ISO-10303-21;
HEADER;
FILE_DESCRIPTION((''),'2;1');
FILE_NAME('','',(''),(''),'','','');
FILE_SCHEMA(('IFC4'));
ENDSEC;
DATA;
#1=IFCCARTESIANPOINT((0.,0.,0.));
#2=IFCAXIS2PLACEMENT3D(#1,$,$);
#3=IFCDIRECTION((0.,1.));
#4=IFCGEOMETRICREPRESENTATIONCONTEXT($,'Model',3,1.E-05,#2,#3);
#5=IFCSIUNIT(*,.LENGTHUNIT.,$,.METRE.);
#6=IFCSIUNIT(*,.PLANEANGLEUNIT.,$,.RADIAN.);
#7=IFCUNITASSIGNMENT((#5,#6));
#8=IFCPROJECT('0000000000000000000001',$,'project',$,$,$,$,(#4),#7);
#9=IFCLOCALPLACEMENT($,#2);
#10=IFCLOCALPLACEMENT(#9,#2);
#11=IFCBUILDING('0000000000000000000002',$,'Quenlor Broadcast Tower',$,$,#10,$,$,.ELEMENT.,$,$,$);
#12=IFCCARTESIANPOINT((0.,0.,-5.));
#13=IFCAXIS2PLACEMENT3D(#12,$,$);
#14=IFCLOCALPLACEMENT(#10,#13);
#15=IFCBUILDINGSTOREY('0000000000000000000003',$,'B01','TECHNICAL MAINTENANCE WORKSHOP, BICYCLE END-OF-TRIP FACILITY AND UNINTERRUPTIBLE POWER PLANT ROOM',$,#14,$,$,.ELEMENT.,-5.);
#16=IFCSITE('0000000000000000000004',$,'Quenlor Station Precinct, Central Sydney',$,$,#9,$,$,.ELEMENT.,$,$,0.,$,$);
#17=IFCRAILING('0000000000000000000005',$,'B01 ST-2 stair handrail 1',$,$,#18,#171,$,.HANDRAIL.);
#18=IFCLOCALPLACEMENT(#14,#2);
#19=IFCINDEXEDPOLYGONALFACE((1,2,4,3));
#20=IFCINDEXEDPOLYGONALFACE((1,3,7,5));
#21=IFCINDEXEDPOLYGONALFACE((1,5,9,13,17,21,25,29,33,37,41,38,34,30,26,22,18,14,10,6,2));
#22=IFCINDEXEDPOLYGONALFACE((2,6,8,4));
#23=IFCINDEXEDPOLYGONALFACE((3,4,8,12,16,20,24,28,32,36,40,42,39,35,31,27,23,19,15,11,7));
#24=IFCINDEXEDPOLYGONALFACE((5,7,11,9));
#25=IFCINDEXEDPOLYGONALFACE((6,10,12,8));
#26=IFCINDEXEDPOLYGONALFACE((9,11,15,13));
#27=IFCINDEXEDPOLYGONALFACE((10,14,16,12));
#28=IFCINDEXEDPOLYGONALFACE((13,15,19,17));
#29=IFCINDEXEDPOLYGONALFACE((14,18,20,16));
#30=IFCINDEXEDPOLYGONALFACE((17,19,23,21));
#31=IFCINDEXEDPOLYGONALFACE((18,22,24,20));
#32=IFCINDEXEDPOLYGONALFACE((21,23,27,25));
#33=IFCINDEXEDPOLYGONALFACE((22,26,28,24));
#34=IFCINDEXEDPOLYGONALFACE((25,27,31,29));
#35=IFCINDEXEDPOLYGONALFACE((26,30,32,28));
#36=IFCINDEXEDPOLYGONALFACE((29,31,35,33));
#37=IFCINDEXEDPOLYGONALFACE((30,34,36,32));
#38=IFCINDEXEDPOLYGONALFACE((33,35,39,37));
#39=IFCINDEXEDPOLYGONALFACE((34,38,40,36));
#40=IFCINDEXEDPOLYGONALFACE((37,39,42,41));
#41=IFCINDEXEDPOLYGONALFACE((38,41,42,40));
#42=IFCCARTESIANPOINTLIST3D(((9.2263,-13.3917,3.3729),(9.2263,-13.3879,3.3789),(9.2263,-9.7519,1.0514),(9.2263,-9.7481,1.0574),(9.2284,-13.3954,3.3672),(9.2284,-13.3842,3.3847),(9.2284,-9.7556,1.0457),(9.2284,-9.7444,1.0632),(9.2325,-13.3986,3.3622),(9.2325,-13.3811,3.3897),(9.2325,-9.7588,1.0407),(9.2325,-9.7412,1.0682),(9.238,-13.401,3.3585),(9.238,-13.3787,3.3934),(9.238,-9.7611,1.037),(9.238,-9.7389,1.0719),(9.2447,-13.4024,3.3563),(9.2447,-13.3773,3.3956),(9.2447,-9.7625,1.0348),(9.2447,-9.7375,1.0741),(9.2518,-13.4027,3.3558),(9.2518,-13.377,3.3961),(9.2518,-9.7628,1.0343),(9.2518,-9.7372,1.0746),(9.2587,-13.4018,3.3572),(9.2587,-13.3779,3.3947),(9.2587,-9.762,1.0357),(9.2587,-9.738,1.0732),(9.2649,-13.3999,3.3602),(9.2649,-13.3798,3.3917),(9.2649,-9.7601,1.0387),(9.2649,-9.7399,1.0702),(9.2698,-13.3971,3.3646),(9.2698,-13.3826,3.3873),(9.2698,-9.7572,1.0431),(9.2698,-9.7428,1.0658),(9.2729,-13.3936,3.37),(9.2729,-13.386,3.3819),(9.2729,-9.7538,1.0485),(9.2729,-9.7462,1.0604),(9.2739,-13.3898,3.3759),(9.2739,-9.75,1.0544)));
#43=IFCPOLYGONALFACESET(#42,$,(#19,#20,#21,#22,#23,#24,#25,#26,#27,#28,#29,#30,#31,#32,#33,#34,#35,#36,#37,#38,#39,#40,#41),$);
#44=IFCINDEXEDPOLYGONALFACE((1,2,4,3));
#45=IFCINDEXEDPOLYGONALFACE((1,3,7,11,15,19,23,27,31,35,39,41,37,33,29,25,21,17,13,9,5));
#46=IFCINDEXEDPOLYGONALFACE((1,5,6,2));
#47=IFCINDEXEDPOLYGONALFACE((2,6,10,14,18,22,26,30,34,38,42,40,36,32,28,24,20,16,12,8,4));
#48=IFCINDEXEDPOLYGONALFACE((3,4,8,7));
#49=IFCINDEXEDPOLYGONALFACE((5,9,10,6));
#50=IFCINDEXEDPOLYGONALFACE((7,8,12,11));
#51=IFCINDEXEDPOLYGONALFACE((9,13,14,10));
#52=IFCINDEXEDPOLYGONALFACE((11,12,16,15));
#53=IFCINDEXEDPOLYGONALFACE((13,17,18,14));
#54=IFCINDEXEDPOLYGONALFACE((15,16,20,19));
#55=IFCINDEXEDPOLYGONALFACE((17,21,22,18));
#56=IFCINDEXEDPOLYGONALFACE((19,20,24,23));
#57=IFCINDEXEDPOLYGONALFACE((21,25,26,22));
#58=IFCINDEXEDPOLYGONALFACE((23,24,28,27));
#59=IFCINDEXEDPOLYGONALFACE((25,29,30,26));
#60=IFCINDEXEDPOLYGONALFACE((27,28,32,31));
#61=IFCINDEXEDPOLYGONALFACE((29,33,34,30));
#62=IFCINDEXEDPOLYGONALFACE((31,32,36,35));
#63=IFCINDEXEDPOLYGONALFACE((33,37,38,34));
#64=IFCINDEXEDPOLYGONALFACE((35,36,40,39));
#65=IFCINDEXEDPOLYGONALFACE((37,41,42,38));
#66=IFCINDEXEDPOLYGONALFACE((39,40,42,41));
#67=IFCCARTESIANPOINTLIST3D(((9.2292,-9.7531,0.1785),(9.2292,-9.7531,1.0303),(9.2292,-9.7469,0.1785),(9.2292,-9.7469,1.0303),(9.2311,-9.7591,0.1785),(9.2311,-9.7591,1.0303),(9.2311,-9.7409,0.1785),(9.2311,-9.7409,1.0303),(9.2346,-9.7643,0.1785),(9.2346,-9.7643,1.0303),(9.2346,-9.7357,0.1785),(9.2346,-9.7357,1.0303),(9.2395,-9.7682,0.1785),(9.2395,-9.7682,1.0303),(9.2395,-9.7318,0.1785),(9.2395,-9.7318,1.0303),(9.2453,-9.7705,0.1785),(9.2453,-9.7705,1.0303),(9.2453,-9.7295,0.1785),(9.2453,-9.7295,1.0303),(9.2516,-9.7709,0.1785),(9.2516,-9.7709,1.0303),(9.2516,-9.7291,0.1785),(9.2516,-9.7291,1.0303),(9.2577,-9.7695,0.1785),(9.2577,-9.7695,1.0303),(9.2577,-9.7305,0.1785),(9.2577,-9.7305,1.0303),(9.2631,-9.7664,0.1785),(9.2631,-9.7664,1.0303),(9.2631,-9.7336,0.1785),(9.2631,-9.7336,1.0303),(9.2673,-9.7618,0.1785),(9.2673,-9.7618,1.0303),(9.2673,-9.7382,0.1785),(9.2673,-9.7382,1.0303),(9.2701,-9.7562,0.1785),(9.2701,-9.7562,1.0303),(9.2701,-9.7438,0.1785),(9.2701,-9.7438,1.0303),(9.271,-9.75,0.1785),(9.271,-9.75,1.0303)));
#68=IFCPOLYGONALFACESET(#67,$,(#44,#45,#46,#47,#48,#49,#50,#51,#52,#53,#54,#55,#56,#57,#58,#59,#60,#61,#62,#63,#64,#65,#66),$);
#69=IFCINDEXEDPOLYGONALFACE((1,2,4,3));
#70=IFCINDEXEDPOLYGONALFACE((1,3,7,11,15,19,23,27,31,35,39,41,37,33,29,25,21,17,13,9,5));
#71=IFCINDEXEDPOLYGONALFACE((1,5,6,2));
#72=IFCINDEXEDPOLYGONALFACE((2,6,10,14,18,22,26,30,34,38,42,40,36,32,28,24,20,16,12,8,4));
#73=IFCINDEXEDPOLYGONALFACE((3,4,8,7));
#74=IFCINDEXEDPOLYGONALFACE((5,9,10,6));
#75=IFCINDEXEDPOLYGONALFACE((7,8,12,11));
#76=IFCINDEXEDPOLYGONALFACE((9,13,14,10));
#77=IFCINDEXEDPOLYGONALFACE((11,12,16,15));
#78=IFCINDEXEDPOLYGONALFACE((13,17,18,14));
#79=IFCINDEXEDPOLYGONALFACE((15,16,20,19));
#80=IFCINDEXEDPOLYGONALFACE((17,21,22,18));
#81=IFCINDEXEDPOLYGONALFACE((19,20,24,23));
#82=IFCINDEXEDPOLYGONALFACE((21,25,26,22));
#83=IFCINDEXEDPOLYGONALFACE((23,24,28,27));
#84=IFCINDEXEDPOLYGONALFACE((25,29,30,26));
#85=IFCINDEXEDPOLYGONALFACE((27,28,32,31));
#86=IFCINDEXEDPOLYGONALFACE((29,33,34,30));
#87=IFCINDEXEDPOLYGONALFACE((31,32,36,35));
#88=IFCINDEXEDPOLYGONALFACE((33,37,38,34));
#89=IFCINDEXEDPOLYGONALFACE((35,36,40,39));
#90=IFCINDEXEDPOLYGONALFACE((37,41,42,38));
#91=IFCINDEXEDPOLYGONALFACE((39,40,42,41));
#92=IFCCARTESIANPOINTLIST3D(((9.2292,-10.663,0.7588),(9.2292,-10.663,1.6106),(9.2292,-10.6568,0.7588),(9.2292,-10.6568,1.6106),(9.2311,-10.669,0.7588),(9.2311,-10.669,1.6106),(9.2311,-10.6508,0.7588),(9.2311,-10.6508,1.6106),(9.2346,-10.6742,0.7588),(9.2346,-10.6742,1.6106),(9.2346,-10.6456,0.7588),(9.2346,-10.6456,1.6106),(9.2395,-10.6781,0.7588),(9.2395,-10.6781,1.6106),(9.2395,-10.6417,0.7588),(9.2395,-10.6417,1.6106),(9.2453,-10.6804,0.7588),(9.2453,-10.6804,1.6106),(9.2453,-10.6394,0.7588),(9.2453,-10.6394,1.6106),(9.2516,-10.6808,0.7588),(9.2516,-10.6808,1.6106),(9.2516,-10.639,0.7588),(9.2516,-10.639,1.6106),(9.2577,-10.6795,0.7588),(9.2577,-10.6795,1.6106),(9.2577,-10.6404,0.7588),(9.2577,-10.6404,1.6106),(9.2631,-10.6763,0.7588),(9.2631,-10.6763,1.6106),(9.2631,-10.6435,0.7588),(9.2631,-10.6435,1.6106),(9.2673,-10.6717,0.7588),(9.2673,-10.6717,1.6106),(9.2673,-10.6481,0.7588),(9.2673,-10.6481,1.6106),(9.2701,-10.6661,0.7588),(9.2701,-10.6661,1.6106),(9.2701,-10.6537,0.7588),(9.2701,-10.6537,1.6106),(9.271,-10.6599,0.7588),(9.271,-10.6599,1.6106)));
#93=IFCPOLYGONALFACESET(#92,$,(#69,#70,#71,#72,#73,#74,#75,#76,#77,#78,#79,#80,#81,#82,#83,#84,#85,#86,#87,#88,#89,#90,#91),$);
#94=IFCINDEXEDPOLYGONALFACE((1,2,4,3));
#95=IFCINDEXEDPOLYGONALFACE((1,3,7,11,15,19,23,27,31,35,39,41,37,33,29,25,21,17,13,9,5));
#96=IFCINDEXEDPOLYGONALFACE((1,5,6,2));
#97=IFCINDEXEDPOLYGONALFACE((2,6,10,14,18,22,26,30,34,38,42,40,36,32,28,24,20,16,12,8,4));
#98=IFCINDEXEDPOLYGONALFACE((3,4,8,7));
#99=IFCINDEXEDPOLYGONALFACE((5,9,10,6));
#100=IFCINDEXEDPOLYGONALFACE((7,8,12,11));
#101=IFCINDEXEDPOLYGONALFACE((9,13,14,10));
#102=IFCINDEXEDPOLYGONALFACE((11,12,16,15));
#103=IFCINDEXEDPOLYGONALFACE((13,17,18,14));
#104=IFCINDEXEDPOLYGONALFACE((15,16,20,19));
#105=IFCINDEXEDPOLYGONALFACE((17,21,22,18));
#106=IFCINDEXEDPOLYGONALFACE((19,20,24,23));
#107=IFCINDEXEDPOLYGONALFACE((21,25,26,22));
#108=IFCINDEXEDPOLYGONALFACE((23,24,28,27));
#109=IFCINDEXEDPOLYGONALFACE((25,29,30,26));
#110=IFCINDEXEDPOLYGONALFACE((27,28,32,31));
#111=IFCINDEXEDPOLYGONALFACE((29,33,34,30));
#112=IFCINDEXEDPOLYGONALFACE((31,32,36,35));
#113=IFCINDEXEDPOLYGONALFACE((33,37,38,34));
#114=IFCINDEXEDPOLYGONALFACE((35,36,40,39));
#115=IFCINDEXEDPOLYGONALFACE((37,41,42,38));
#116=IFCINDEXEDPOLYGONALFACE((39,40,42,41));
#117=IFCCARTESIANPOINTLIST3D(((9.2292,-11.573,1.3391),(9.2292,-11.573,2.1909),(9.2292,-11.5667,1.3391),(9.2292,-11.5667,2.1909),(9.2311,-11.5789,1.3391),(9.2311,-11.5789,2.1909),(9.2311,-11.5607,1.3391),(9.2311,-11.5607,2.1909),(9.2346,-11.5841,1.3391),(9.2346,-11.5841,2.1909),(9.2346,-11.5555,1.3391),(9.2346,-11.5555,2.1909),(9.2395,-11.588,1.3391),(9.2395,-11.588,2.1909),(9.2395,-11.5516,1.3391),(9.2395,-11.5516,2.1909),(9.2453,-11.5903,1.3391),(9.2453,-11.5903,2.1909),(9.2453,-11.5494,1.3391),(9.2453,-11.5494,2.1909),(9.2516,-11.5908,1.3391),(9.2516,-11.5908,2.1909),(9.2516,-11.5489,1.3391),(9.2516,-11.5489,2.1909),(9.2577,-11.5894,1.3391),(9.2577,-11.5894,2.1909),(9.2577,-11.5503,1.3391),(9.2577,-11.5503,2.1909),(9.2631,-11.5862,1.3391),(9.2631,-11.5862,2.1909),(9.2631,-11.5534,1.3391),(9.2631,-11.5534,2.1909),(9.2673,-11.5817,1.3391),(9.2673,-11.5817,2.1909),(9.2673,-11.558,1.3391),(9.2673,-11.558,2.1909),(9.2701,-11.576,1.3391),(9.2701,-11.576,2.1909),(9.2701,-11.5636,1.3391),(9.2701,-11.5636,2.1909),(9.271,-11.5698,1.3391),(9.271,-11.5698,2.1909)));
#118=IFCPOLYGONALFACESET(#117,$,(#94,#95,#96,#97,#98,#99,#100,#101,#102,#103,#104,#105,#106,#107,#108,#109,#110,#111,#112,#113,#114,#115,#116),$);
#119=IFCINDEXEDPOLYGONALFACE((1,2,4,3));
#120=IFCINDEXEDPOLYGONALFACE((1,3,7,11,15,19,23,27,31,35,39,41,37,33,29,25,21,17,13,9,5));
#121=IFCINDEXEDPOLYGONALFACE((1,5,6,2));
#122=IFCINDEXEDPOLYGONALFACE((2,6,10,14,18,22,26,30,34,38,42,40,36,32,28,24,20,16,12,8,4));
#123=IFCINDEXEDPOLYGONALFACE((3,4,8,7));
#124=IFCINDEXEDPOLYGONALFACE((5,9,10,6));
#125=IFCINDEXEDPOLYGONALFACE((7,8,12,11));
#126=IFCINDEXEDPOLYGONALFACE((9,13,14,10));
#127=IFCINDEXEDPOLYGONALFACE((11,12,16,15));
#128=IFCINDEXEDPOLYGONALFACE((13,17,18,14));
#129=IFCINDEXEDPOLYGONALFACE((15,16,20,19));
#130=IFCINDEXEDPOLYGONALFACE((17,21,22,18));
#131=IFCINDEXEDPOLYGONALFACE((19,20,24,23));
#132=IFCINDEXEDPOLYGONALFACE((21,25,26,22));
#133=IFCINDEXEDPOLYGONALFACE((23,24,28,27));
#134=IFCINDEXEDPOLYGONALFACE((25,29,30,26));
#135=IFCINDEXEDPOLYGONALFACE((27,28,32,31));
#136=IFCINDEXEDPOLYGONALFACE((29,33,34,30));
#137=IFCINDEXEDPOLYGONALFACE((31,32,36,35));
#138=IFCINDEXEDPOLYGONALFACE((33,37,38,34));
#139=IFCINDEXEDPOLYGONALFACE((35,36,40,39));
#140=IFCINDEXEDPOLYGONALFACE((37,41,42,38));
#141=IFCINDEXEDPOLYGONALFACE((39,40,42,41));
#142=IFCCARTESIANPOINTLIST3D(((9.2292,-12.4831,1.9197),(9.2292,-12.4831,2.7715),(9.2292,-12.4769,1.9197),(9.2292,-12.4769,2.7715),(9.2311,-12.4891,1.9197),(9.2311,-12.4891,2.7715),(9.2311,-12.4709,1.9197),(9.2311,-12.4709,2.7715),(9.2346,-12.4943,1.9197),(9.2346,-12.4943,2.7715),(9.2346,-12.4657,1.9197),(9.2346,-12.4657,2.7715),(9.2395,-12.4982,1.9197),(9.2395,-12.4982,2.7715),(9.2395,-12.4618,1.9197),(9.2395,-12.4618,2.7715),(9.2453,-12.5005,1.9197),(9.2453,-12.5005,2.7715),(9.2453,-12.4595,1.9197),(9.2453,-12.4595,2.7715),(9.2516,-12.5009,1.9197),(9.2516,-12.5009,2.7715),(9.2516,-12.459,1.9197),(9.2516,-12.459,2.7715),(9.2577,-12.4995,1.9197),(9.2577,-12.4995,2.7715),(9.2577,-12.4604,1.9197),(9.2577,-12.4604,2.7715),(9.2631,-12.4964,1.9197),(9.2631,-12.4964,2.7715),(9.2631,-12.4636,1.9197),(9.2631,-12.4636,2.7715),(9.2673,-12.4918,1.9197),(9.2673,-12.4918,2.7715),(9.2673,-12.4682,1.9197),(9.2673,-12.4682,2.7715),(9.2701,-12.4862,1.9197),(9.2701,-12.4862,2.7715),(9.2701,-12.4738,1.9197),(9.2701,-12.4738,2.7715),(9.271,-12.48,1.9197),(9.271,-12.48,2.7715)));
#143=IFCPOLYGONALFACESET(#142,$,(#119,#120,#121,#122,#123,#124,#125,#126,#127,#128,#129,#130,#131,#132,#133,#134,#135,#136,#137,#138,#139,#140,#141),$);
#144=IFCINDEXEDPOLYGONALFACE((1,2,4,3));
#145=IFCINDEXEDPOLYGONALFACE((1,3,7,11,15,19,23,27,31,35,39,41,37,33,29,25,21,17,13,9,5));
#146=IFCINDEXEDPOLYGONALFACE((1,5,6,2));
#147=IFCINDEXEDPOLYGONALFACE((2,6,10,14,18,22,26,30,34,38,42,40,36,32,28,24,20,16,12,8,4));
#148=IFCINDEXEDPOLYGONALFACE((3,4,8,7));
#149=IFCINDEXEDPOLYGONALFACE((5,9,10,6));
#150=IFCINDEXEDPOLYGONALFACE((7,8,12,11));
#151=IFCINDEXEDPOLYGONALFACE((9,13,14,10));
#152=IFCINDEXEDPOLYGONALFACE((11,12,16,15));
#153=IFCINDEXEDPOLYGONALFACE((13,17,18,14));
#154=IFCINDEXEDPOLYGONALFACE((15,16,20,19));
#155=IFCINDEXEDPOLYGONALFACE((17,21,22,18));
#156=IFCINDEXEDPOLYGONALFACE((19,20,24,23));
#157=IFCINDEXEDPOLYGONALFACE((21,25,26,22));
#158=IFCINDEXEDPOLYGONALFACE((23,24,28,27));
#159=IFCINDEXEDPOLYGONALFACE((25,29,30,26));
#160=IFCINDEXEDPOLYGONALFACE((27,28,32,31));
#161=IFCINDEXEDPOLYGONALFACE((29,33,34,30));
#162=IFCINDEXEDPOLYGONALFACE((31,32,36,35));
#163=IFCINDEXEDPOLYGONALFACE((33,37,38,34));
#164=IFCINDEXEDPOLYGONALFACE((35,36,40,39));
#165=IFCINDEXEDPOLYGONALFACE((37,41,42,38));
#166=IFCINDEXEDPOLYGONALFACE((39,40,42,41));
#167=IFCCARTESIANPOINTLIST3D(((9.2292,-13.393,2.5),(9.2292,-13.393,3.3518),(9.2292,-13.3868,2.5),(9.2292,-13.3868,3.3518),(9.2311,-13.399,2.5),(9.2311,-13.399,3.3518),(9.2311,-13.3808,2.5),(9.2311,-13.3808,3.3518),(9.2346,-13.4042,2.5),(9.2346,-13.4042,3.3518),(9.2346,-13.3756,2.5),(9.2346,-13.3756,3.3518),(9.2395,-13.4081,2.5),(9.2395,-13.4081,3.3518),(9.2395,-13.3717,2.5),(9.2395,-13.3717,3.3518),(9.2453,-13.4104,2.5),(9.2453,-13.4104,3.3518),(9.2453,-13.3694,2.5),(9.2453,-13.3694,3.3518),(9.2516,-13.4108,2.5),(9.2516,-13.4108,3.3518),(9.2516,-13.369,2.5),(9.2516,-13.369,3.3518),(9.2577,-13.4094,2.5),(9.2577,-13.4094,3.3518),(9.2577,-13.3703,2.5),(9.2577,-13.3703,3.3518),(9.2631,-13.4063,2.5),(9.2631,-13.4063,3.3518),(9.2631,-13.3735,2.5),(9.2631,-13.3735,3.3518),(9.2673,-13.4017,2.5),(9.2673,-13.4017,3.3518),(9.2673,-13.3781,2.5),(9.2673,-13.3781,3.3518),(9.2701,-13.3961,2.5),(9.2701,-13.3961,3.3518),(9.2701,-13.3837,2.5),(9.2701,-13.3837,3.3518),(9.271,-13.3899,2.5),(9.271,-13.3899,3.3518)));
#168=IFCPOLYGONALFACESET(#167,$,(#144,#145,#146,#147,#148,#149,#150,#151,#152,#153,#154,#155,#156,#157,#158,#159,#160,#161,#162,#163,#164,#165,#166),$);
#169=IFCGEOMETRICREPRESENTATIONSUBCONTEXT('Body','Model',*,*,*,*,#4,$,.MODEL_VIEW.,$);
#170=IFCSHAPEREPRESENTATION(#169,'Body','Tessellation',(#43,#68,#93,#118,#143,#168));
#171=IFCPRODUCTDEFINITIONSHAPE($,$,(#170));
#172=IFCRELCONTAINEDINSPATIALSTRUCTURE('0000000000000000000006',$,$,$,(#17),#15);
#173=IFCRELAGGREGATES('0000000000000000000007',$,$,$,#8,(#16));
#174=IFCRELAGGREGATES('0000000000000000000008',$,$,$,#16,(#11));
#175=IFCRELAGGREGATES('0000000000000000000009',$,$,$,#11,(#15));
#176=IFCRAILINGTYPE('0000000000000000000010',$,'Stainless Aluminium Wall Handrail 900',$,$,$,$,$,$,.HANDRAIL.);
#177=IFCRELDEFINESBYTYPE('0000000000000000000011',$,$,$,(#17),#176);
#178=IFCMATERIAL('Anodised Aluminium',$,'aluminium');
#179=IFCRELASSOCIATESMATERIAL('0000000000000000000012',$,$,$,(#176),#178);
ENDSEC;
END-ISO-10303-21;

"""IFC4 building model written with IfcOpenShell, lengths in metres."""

from ifc_helpers import new_model, si_unit, direction, frame, origin, origin_2d, place, context, subcontext, project, spatial, circle, extrude, material, type_object, element, save


model = new_model("IFC4")

# Units and contexts
model_context = context("Model", 3, precision=1e-05, world=origin(), true_north=direction((0.0, 1.0)))
body_context = subcontext(model_context, "Body", "Model", "MODEL_VIEW")
ifc_project = project(units=[si_unit("LENGTHUNIT", "METRE"), si_unit("PLANEANGLEUNIT", "RADIAN")], contexts=[model_context])

# Site, building, storey
site_placement = place(None, origin())
site = spatial("IfcSite", under=ifc_project, at=site_placement, Name="Quenlor Station Precinct, Central Sydney", CompositionType="ELEMENT", RefElevation=0.0)
building_placement = place(site_placement, origin())
building = spatial("IfcBuilding", under=site, at=building_placement, Name="Quenlor Broadcast Tower", CompositionType="ELEMENT")
storey_placement = place(building_placement, frame((0.0, 0.0, -5.0)))
storey = spatial("IfcBuildingStorey", under=building, at=storey_placement, Name="B01", Description="TECHNICAL MAINTENANCE WORKSHOP, BICYCLE END-OF-TRIP FACILITY AND UNINTERRUPTIBLE POWER PLANT ROOM", CompositionType="ELEMENT", Elevation=-5.0)

# Railing
ifc_material_1 = material(Name="Anodised Aluminium", Category="aluminium")
railing_type_1 = type_object("IfcRailingType", Name="Stainless Aluminium Wall Handrail 900", PredefinedType="HANDRAIL", material=ifc_material_1)
railing_1_placement = place(storey_placement, frame((9.25, -9.75, 0.1785)))
element("IfcRailing", 1, at=railing_1_placement, inside=storey, type_object=railing_type_1, Name="B01 ST-2 stair handrail 1", PredefinedType="HANDRAIL", context=body_context, shape_type="SweptSolid", body=[
    extrude(circle(Radius=0.0239, at=origin_2d()), frame((0.0, 0.0, 0.876), z_axis=(0.0, -0.843112, 0.537739), x_axis=(1.0, 0.0, 0.0)), (0.0, 0.0, 1.0), 4.3171),
    extrude(circle(Radius=0.021, at=origin_2d()), origin(), (0.0, 0.0, 1.0), 0.8518),
    extrude(circle(Radius=0.021, at=origin_2d()), frame((0.0, -0.9099, 0.5803)), (0.0, 0.0, 1.0), 0.8518),
    extrude(circle(Radius=0.021, at=origin_2d()), frame((0.0, -1.8198, 1.1606)), (0.0, 0.0, 1.0), 0.8518),
    extrude(circle(Radius=0.021, at=origin_2d()), frame((0.0, -2.73, 1.7412)), (0.0, 0.0, 1.0), 0.8518),
    extrude(circle(Radius=0.021, at=origin_2d()), frame((0.0, -3.6399, 2.3215)), (0.0, 0.0, 1.0), 0.8518),
])

save(model, "model.ifc")
